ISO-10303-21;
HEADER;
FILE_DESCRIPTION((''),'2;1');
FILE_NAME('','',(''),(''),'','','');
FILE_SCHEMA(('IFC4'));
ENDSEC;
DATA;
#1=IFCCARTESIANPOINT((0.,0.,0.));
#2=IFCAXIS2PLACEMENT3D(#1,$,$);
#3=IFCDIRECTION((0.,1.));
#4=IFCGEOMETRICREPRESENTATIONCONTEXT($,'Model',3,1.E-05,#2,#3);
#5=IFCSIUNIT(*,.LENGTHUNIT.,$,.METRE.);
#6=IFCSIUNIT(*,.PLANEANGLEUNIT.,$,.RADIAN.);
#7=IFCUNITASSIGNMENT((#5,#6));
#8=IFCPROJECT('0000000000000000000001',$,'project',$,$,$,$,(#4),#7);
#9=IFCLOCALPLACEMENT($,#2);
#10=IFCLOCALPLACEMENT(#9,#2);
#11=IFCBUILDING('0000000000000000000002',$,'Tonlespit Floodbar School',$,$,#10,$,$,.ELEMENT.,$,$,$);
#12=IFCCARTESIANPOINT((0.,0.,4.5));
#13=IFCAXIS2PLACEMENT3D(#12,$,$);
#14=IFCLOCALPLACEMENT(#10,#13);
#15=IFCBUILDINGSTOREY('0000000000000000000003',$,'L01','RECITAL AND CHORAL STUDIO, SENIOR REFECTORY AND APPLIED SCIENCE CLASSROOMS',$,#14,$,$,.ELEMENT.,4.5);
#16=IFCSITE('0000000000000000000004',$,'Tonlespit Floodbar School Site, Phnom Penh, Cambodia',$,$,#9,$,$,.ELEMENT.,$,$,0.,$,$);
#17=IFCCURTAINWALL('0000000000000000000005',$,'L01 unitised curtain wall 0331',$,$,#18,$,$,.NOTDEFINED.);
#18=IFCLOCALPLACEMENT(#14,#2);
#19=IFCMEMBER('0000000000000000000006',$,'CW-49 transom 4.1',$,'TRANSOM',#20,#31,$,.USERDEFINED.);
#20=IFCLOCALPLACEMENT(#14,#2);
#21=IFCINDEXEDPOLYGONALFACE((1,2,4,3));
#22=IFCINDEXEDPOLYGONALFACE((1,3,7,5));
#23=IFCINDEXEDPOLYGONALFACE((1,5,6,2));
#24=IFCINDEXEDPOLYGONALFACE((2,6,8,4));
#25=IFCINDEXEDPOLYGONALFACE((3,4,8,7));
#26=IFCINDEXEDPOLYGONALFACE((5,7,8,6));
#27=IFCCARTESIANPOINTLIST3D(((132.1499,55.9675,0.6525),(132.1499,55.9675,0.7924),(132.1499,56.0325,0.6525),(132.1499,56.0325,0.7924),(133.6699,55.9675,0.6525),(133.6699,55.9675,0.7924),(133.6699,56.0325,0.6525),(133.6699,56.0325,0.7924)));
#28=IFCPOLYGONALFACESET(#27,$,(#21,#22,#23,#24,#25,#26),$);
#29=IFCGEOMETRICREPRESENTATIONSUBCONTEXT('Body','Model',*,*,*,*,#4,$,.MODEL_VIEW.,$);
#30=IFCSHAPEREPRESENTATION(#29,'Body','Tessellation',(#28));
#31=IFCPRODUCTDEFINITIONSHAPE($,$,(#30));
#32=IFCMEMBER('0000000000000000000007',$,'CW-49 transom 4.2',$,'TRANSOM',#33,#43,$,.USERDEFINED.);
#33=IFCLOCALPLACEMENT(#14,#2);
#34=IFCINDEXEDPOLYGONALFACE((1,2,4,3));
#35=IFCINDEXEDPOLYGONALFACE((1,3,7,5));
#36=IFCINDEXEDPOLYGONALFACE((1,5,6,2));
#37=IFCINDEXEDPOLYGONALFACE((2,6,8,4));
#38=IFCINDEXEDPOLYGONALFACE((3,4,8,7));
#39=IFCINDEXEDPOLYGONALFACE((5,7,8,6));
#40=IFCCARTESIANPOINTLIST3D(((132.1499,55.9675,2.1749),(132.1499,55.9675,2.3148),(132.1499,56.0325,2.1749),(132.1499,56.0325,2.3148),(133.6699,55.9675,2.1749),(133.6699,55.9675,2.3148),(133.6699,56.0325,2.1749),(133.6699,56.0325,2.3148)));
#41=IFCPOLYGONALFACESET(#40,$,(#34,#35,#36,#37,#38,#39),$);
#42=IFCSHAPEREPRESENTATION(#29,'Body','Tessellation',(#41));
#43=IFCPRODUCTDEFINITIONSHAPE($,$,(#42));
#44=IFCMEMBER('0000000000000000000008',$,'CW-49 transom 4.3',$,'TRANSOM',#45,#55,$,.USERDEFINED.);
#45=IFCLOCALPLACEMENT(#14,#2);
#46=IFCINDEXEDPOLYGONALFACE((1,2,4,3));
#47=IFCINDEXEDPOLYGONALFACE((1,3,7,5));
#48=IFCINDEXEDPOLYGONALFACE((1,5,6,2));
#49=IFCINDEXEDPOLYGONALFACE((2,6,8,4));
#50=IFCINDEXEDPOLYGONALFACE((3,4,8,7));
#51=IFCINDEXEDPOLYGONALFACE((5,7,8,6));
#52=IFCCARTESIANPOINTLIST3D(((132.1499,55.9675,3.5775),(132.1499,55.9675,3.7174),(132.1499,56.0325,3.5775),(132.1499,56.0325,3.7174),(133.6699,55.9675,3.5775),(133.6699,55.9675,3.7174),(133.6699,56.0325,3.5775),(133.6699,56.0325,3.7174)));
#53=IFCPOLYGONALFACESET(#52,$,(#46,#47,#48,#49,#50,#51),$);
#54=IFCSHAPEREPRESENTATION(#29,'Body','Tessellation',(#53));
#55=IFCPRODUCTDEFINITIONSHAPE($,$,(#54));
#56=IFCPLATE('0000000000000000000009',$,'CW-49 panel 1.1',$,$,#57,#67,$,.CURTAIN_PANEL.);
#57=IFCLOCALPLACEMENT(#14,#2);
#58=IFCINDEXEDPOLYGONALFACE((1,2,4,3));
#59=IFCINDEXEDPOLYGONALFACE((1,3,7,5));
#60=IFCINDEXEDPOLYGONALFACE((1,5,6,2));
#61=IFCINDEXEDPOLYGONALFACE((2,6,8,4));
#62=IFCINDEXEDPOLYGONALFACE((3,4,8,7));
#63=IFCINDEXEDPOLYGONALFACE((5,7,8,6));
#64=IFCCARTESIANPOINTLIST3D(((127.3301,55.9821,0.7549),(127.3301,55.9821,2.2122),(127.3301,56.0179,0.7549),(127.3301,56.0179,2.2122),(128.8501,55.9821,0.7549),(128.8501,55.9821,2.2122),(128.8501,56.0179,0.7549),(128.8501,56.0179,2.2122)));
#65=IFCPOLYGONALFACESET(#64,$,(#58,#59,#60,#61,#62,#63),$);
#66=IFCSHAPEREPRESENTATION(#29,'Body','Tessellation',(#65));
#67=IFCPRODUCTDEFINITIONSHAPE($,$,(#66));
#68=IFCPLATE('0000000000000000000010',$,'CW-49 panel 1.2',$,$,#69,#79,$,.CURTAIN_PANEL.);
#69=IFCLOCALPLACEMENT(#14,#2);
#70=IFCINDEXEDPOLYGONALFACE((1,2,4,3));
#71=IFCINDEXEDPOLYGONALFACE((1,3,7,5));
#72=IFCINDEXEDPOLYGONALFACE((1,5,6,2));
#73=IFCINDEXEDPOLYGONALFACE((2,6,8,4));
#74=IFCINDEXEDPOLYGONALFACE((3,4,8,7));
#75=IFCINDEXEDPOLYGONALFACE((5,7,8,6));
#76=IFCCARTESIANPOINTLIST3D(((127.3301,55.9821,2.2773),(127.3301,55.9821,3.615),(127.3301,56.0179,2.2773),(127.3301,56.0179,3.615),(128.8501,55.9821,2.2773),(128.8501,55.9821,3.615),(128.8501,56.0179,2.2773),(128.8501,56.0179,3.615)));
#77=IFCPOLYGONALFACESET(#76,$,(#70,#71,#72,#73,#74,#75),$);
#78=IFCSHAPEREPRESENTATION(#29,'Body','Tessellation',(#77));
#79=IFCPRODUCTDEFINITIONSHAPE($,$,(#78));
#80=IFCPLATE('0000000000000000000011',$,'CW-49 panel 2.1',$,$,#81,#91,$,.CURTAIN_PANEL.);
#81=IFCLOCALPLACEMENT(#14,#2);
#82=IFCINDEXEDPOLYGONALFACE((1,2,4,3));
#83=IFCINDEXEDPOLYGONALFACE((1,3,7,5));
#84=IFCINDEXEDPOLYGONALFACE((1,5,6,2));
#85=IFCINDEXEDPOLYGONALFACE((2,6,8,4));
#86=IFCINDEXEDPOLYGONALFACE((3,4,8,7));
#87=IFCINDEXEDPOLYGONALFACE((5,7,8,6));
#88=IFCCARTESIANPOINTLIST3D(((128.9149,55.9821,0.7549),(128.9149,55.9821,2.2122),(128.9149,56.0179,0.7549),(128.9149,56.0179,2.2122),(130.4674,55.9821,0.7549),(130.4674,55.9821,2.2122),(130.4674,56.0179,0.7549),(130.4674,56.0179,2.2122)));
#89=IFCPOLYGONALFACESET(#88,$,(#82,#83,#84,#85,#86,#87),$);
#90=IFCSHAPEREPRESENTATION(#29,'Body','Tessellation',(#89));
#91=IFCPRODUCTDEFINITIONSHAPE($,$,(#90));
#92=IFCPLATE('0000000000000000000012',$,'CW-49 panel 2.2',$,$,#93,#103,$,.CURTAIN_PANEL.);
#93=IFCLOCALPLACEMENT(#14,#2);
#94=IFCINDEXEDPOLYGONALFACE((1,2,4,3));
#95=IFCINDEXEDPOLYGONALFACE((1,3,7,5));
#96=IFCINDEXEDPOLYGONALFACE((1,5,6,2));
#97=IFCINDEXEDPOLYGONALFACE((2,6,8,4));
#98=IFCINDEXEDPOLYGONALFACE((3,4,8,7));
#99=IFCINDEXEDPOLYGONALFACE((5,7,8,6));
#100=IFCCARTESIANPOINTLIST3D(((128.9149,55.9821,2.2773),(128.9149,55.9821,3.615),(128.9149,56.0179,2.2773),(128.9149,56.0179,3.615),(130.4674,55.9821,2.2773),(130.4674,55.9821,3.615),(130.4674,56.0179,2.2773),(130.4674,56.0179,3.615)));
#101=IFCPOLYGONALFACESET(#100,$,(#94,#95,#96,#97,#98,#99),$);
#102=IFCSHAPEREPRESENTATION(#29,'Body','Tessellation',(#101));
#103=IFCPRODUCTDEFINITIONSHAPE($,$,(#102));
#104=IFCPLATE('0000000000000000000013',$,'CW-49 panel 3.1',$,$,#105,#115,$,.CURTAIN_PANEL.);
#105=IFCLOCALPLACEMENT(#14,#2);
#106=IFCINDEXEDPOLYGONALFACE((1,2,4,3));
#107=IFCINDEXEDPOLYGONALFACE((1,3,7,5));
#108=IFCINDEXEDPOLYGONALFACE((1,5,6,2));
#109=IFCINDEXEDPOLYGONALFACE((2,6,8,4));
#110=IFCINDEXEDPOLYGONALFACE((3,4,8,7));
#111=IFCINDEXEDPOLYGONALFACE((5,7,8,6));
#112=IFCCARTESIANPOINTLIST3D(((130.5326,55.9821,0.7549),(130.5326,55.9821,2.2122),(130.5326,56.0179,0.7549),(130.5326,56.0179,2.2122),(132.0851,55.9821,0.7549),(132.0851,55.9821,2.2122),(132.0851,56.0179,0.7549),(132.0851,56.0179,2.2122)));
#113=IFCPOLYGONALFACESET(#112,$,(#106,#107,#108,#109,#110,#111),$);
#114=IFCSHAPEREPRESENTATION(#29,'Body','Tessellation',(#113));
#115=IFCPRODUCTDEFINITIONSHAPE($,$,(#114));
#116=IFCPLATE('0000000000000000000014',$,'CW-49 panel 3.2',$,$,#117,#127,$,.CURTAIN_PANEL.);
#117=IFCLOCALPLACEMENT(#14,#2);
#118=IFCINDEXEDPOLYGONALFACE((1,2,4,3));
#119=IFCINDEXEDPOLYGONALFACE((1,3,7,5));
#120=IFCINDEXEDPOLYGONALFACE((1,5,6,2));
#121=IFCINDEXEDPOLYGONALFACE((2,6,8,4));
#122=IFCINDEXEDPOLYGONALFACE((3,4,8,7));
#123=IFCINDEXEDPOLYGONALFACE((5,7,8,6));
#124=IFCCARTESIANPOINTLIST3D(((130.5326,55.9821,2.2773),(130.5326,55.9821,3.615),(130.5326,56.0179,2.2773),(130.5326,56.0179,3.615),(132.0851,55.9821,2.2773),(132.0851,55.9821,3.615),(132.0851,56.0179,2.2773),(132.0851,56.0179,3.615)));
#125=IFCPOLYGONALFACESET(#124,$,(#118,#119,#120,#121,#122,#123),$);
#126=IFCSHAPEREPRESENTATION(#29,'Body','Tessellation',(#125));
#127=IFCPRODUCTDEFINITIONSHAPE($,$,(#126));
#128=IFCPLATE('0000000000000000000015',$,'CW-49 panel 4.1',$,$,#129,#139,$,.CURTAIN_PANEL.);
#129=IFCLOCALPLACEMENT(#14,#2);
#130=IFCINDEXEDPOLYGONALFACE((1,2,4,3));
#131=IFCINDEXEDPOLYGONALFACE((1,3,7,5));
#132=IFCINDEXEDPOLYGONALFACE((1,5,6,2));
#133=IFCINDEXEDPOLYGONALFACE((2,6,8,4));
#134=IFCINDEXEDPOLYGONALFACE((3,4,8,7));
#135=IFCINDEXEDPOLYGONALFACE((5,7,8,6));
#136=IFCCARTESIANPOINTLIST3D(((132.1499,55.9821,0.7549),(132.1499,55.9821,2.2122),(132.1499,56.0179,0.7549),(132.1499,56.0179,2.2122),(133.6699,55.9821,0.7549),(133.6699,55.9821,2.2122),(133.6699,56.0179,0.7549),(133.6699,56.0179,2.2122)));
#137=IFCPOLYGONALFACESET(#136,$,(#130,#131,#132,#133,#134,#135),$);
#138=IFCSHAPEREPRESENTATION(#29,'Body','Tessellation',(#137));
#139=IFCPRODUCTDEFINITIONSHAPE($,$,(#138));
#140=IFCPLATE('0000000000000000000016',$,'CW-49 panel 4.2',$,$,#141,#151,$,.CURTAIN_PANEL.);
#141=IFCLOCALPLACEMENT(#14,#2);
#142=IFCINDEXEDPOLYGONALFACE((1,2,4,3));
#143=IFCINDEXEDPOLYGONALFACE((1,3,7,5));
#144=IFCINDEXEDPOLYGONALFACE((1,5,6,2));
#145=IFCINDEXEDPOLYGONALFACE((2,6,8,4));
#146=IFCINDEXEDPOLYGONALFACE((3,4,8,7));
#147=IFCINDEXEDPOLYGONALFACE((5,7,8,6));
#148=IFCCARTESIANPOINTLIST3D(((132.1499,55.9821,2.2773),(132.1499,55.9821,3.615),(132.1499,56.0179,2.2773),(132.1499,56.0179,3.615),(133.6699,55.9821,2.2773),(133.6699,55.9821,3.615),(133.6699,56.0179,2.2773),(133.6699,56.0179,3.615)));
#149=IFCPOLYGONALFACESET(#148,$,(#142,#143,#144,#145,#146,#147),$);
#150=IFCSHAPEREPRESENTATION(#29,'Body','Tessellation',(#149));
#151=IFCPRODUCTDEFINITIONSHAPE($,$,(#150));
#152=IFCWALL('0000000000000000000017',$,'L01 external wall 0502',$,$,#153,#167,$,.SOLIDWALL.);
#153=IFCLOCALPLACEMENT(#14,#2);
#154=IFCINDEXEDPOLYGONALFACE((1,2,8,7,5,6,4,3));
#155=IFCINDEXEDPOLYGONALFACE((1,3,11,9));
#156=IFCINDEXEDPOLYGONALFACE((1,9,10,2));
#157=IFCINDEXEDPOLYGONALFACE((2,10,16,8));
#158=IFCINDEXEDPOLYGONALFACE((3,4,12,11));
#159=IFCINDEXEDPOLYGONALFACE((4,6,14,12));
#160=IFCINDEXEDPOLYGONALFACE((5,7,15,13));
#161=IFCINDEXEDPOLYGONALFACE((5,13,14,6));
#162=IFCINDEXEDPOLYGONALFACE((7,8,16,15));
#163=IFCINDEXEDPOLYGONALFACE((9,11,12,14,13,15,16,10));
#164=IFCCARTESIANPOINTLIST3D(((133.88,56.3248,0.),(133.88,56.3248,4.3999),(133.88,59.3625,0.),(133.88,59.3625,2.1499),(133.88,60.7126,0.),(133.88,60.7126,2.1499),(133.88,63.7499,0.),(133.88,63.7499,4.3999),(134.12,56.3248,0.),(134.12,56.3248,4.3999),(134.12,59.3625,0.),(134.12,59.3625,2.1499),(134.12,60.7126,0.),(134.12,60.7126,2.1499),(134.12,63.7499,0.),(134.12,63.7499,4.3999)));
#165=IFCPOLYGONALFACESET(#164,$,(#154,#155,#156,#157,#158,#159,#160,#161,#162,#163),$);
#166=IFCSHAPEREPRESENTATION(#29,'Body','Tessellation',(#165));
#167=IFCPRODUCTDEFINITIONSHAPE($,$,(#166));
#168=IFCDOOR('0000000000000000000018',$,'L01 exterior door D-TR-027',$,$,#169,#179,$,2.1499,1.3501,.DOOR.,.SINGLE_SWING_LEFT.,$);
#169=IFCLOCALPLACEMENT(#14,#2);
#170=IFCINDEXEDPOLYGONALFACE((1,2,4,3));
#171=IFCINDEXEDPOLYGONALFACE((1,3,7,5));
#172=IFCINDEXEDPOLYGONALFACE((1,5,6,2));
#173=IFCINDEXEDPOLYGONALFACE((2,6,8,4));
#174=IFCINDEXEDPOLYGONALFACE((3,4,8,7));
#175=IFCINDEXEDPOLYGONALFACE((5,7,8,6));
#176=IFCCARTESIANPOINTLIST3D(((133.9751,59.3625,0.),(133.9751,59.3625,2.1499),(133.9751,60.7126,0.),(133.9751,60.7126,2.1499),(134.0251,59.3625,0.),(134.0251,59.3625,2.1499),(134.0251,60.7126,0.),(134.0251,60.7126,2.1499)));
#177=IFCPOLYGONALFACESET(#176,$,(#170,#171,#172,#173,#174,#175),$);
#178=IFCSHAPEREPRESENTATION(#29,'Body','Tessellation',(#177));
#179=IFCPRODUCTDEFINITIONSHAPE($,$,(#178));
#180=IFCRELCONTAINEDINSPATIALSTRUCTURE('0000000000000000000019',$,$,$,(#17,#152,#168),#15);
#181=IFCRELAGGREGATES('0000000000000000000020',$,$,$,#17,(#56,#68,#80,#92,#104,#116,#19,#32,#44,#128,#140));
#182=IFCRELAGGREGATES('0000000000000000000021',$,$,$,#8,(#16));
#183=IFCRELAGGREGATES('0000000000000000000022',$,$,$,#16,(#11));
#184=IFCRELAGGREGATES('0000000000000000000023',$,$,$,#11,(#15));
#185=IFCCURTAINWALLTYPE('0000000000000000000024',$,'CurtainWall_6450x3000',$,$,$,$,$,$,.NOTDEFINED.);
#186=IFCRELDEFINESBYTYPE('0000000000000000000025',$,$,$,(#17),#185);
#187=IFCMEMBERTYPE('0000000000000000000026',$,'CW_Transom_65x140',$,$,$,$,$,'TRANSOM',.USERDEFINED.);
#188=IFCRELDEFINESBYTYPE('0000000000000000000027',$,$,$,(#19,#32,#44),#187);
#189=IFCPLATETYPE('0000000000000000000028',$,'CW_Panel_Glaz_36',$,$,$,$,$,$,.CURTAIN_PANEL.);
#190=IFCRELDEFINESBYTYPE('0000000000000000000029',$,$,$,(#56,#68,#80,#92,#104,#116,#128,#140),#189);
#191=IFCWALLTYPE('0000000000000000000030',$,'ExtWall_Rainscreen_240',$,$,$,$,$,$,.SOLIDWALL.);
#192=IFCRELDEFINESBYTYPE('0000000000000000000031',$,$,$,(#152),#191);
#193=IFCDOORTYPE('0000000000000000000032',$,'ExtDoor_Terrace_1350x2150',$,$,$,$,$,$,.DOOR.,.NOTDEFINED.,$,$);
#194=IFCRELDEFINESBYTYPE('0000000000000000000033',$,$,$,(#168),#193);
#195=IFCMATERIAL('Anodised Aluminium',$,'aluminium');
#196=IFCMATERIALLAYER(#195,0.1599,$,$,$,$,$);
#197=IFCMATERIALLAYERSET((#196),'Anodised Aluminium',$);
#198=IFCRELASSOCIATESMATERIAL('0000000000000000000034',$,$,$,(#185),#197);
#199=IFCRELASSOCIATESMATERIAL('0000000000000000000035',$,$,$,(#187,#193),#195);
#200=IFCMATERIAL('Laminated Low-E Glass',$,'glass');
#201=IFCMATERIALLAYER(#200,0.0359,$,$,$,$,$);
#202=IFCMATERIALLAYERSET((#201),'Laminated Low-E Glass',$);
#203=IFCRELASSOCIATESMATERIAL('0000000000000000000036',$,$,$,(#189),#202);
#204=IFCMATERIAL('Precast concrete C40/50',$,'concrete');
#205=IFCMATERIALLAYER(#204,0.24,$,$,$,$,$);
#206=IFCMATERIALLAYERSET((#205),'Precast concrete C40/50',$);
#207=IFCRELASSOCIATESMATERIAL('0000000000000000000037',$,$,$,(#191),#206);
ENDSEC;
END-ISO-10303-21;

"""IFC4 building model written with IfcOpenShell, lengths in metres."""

from ifc_helpers import new_model, si_unit, direction, frame, frame_2d, origin, origin_2d, place, context, subcontext, project, spatial, rectangle, extrude, material, layer, layer_set, material_profile, profile_set, type_object, element, fill, aggregate, save


model = new_model("IFC4")

# Units and contexts
model_context = context("Model", 3, precision=1e-05, world=origin(), true_north=direction((0.0, 1.0)))
body_context = subcontext(model_context, "Body", "Model", "MODEL_VIEW")
ifc_project = project(units=[si_unit("LENGTHUNIT", "METRE"), si_unit("PLANEANGLEUNIT", "RADIAN")], contexts=[model_context])

# Site, building, storey
site_placement = place(None, origin())
site = spatial("IfcSite", under=ifc_project, at=site_placement, Name="Tonlespit Floodbar School Site, Phnom Penh, Cambodia", CompositionType="ELEMENT", RefElevation=0.0)
building_placement = place(site_placement, origin())
building = spatial("IfcBuilding", under=site, at=building_placement, Name="Tonlespit Floodbar School", CompositionType="ELEMENT")
storey_placement = place(building_placement, frame((0.0, 0.0, 4.5)))
storey = spatial("IfcBuildingStorey", under=building, at=storey_placement, Name="L01", Description="RECITAL AND CHORAL STUDIO, SENIOR REFECTORY AND APPLIED SCIENCE CLASSROOMS", CompositionType="ELEMENT", Elevation=4.5)

# Curtain wall, members, plates
ifc_material_1 = material(Name="Anodised Aluminium", Category="aluminium")
ifc_layer_1 = layer(ifc_material_1, 0.1599)
ifc_layer_set_1 = layer_set([ifc_layer_1], Name="Anodised Aluminium")
curtain_wall_type = type_object("IfcCurtainWallType", Name="CurtainWall_6450x3000", PredefinedType="NOTDEFINED", material=ifc_layer_set_1)
curtain_wall_placement = place(storey_placement, origin())
curtain_wall = element("IfcCurtainWall", 1, at=curtain_wall_placement, inside=storey, type_object=curtain_wall_type, Name="L01 unitised curtain wall 0331", PredefinedType="NOTDEFINED")
ifc_material_profile_1 = material_profile(ifc_material_1, rectangle(XDim=0.0649, YDim=0.1399, at=origin_2d()), Name="ALU T65x140")
ifc_profile_set_1 = profile_set([ifc_material_profile_1], Name="Anodised Aluminium")
member_type_1 = type_object("IfcMemberType", Name="CW_Transom_65x140", ElementType="TRANSOM", PredefinedType="USERDEFINED", material=ifc_profile_set_1)
member_1_placement = place(storey_placement, frame((132.1499, 56.0, 0.7224), z_axis=(1.0, 0.0, 0.0), x_axis=(0.0, 1.0, 0.0)))
member_1 = element("IfcMember", 2, at=member_1_placement, type_object=member_type_1, Name="CW-49 transom 4.1", ObjectType="TRANSOM", PredefinedType="USERDEFINED", context=body_context, shape_type="SweptSolid", body=[
    extrude(rectangle(XDim=0.0649, YDim=0.1399, at=origin_2d()), origin(), (0.0, 0.0, 1.0), 1.52),
])
member_2_placement = place(storey_placement, frame((132.1499, 56.0, 2.2449), z_axis=(1.0, 0.0, 0.0), x_axis=(0.0, 1.0, 0.0)))
member_2 = element("IfcMember", 3, at=member_2_placement, type_object=member_type_1, Name="CW-49 transom 4.2", ObjectType="TRANSOM", PredefinedType="USERDEFINED", context=body_context, shape_type="SweptSolid", body=[
    extrude(rectangle(XDim=0.0649, YDim=0.1399, at=origin_2d()), origin(), (0.0, 0.0, 1.0), 1.52),
])
member_3_placement = place(storey_placement, frame((132.1499, 56.0, 3.6475), z_axis=(1.0, 0.0, 0.0), x_axis=(0.0, 1.0, 0.0)))
member_3 = element("IfcMember", 4, at=member_3_placement, type_object=member_type_1, Name="CW-49 transom 4.3", ObjectType="TRANSOM", PredefinedType="USERDEFINED", context=body_context, shape_type="SweptSolid", body=[
    extrude(rectangle(XDim=0.0649, YDim=0.1399, at=origin_2d()), origin(), (0.0, 0.0, 1.0), 1.52),
])
ifc_material_2 = material(Name="Laminated Low-E Glass", Category="glass")
ifc_layer_2 = layer(ifc_material_2, 0.0359)
ifc_layer_set_2 = layer_set([ifc_layer_2], Name="Laminated Low-E Glass")
plate_type = type_object("IfcPlateType", Name="CW_Panel_Glaz_36", PredefinedType="CURTAIN_PANEL", material=ifc_layer_set_2)
plate_1_placement = place(storey_placement, frame((128.0901, 56.0, 0.7549), z_axis=(0.0, 0.0, 1.0), x_axis=(1.0, 0.0, 0.0)))
plate_1 = element("IfcPlate", 5, at=plate_1_placement, type_object=plate_type, Name="CW-49 panel 1.1", PredefinedType="CURTAIN_PANEL", context=body_context, shape_type="SweptSolid", body=[
    extrude(rectangle(XDim=1.52, YDim=0.0359, at=origin_2d()), origin(), (0.0, 0.0, 1.0), 1.4573),
])
plate_2_placement = place(storey_placement, frame((128.0901, 56.0, 2.2773), z_axis=(0.0, 0.0, 1.0), x_axis=(1.0, 0.0, 0.0)))
plate_2 = element("IfcPlate", 6, at=plate_2_placement, type_object=plate_type, Name="CW-49 panel 1.2", PredefinedType="CURTAIN_PANEL", context=body_context, shape_type="SweptSolid", body=[
    extrude(rectangle(XDim=1.52, YDim=0.0359, at=origin_2d()), origin(), (0.0, 0.0, 1.0), 1.3376),
])
plate_3_placement = place(storey_placement, frame((129.6912, 56.0, 0.7549), z_axis=(0.0, 0.0, 1.0), x_axis=(1.0, 0.0, 0.0)))
plate_3 = element("IfcPlate", 7, at=plate_3_placement, type_object=plate_type, Name="CW-49 panel 2.1", PredefinedType="CURTAIN_PANEL", context=body_context, shape_type="SweptSolid", body=[
    extrude(rectangle(XDim=1.5525, YDim=0.0359, at=origin_2d()), origin(), (0.0, 0.0, 1.0), 1.4573),
])
plate_4_placement = place(storey_placement, frame((129.6912, 56.0, 2.2773), z_axis=(0.0, 0.0, 1.0), x_axis=(1.0, 0.0, 0.0)))
plate_4 = element("IfcPlate", 8, at=plate_4_placement, type_object=plate_type, Name="CW-49 panel 2.2", PredefinedType="CURTAIN_PANEL", context=body_context, shape_type="SweptSolid", body=[
    extrude(rectangle(XDim=1.5525, YDim=0.0359, at=origin_2d()), origin(), (0.0, 0.0, 1.0), 1.3376),
])
plate_5_placement = place(storey_placement, frame((131.3088, 56.0, 0.7549), z_axis=(0.0, 0.0, 1.0), x_axis=(1.0, 0.0, 0.0)))
plate_5 = element("IfcPlate", 9, at=plate_5_placement, type_object=plate_type, Name="CW-49 panel 3.1", PredefinedType="CURTAIN_PANEL", context=body_context, shape_type="SweptSolid", body=[
    extrude(rectangle(XDim=1.5525, YDim=0.0359, at=origin_2d()), origin(), (0.0, 0.0, 1.0), 1.4573),
])
plate_6_placement = place(storey_placement, frame((131.3088, 56.0, 2.2773), z_axis=(0.0, 0.0, 1.0), x_axis=(1.0, 0.0, 0.0)))
plate_6 = element("IfcPlate", 10, at=plate_6_placement, type_object=plate_type, Name="CW-49 panel 3.2", PredefinedType="CURTAIN_PANEL", context=body_context, shape_type="SweptSolid", body=[
    extrude(rectangle(XDim=1.5525, YDim=0.0359, at=origin_2d()), origin(), (0.0, 0.0, 1.0), 1.3376),
])
plate_7_placement = place(storey_placement, frame((132.9099, 56.0, 0.7549), z_axis=(0.0, 0.0, 1.0), x_axis=(1.0, 0.0, 0.0)))
plate_7 = element("IfcPlate", 11, at=plate_7_placement, type_object=plate_type, Name="CW-49 panel 4.1", PredefinedType="CURTAIN_PANEL", context=body_context, shape_type="SweptSolid", body=[
    extrude(rectangle(XDim=1.52, YDim=0.0359, at=origin_2d()), origin(), (0.0, 0.0, 1.0), 1.4573),
])
plate_8_placement = place(storey_placement, frame((132.9099, 56.0, 2.2773), z_axis=(0.0, 0.0, 1.0), x_axis=(1.0, 0.0, 0.0)))
plate_8 = element("IfcPlate", 12, at=plate_8_placement, type_object=plate_type, Name="CW-49 panel 4.2", PredefinedType="CURTAIN_PANEL", context=body_context, shape_type="SweptSolid", body=[
    extrude(rectangle(XDim=1.52, YDim=0.0359, at=origin_2d()), origin(), (0.0, 0.0, 1.0), 1.3376),
])
aggregate(curtain_wall, [plate_1, plate_2, plate_3, plate_4, plate_5, plate_6, member_1, member_2, member_3, plate_7, plate_8])

# Wall, opening, door
ifc_material_3 = material(Name="Precast concrete C40/50", Category="concrete")
ifc_layer_3 = layer(ifc_material_3, 0.24)
ifc_layer_set_3 = layer_set([ifc_layer_3], Name="Precast concrete C40/50")
wall_type = type_object("IfcWallType", Name="ExtWall_Rainscreen_240", PredefinedType="SOLIDWALL", material=ifc_layer_set_3)
wall_placement = place(storey_placement, frame((134.0, 56.325, 0.0), z_axis=(0.0, 0.0, 1.0), x_axis=(0.0, 1.0, 0.0)))
wall = element("IfcWall", 13, at=wall_placement, inside=storey, type_object=wall_type, Name="L01 external wall 0502", PredefinedType="SOLIDWALL", context=body_context, shape_type="SweptSolid", body=[
    extrude(rectangle(XDim=7.425, YDim=0.24, at=frame_2d((3.7124, 0.0))), origin(), (0.0, 0.0, 1.0), 4.3999),
])
opening_placement = place(wall_placement, frame((3.0376, 0.0, 0.0)))
opening = element("IfcOpeningElement", 14, at=opening_placement, cuts=wall, PredefinedType="OPENING", context=body_context, shape_type="SweptSolid", body=[
    extrude(rectangle(XDim=1.3501, YDim=2.1499, at=frame_2d((0.675, 1.075))), frame((0.0, 0.1299, 0.0), z_axis=(0.0, -1.0, 0.0), x_axis=(1.0, 0.0, 0.0)), (0.0, 0.0, 1.0), 0.26),
])
door_type = type_object("IfcDoorType", Name="ExtDoor_Terrace_1350x2150", OperationType="NOTDEFINED", PredefinedType="DOOR", material=ifc_material_1)
door_placement = place(opening_placement, origin())
door = element("IfcDoor", 15, at=door_placement, inside=storey, type_object=door_type, Name="L01 exterior door D-TR-027", OperationType="SINGLE_SWING_LEFT", OverallHeight=2.1499, OverallWidth=1.3501, PredefinedType="DOOR", context=body_context, shape_type="SweptSolid", body=[
    extrude(rectangle(XDim=1.3501, YDim=2.1499, at=frame_2d((0.675, 1.075))), frame((0.0, 0.0249, 0.0), z_axis=(0.0, -1.0, 0.0), x_axis=(1.0, 0.0, 0.0)), (0.0, 0.0, 1.0), 0.05),
])
fill(opening, door)

save(model, "model.ifc")
